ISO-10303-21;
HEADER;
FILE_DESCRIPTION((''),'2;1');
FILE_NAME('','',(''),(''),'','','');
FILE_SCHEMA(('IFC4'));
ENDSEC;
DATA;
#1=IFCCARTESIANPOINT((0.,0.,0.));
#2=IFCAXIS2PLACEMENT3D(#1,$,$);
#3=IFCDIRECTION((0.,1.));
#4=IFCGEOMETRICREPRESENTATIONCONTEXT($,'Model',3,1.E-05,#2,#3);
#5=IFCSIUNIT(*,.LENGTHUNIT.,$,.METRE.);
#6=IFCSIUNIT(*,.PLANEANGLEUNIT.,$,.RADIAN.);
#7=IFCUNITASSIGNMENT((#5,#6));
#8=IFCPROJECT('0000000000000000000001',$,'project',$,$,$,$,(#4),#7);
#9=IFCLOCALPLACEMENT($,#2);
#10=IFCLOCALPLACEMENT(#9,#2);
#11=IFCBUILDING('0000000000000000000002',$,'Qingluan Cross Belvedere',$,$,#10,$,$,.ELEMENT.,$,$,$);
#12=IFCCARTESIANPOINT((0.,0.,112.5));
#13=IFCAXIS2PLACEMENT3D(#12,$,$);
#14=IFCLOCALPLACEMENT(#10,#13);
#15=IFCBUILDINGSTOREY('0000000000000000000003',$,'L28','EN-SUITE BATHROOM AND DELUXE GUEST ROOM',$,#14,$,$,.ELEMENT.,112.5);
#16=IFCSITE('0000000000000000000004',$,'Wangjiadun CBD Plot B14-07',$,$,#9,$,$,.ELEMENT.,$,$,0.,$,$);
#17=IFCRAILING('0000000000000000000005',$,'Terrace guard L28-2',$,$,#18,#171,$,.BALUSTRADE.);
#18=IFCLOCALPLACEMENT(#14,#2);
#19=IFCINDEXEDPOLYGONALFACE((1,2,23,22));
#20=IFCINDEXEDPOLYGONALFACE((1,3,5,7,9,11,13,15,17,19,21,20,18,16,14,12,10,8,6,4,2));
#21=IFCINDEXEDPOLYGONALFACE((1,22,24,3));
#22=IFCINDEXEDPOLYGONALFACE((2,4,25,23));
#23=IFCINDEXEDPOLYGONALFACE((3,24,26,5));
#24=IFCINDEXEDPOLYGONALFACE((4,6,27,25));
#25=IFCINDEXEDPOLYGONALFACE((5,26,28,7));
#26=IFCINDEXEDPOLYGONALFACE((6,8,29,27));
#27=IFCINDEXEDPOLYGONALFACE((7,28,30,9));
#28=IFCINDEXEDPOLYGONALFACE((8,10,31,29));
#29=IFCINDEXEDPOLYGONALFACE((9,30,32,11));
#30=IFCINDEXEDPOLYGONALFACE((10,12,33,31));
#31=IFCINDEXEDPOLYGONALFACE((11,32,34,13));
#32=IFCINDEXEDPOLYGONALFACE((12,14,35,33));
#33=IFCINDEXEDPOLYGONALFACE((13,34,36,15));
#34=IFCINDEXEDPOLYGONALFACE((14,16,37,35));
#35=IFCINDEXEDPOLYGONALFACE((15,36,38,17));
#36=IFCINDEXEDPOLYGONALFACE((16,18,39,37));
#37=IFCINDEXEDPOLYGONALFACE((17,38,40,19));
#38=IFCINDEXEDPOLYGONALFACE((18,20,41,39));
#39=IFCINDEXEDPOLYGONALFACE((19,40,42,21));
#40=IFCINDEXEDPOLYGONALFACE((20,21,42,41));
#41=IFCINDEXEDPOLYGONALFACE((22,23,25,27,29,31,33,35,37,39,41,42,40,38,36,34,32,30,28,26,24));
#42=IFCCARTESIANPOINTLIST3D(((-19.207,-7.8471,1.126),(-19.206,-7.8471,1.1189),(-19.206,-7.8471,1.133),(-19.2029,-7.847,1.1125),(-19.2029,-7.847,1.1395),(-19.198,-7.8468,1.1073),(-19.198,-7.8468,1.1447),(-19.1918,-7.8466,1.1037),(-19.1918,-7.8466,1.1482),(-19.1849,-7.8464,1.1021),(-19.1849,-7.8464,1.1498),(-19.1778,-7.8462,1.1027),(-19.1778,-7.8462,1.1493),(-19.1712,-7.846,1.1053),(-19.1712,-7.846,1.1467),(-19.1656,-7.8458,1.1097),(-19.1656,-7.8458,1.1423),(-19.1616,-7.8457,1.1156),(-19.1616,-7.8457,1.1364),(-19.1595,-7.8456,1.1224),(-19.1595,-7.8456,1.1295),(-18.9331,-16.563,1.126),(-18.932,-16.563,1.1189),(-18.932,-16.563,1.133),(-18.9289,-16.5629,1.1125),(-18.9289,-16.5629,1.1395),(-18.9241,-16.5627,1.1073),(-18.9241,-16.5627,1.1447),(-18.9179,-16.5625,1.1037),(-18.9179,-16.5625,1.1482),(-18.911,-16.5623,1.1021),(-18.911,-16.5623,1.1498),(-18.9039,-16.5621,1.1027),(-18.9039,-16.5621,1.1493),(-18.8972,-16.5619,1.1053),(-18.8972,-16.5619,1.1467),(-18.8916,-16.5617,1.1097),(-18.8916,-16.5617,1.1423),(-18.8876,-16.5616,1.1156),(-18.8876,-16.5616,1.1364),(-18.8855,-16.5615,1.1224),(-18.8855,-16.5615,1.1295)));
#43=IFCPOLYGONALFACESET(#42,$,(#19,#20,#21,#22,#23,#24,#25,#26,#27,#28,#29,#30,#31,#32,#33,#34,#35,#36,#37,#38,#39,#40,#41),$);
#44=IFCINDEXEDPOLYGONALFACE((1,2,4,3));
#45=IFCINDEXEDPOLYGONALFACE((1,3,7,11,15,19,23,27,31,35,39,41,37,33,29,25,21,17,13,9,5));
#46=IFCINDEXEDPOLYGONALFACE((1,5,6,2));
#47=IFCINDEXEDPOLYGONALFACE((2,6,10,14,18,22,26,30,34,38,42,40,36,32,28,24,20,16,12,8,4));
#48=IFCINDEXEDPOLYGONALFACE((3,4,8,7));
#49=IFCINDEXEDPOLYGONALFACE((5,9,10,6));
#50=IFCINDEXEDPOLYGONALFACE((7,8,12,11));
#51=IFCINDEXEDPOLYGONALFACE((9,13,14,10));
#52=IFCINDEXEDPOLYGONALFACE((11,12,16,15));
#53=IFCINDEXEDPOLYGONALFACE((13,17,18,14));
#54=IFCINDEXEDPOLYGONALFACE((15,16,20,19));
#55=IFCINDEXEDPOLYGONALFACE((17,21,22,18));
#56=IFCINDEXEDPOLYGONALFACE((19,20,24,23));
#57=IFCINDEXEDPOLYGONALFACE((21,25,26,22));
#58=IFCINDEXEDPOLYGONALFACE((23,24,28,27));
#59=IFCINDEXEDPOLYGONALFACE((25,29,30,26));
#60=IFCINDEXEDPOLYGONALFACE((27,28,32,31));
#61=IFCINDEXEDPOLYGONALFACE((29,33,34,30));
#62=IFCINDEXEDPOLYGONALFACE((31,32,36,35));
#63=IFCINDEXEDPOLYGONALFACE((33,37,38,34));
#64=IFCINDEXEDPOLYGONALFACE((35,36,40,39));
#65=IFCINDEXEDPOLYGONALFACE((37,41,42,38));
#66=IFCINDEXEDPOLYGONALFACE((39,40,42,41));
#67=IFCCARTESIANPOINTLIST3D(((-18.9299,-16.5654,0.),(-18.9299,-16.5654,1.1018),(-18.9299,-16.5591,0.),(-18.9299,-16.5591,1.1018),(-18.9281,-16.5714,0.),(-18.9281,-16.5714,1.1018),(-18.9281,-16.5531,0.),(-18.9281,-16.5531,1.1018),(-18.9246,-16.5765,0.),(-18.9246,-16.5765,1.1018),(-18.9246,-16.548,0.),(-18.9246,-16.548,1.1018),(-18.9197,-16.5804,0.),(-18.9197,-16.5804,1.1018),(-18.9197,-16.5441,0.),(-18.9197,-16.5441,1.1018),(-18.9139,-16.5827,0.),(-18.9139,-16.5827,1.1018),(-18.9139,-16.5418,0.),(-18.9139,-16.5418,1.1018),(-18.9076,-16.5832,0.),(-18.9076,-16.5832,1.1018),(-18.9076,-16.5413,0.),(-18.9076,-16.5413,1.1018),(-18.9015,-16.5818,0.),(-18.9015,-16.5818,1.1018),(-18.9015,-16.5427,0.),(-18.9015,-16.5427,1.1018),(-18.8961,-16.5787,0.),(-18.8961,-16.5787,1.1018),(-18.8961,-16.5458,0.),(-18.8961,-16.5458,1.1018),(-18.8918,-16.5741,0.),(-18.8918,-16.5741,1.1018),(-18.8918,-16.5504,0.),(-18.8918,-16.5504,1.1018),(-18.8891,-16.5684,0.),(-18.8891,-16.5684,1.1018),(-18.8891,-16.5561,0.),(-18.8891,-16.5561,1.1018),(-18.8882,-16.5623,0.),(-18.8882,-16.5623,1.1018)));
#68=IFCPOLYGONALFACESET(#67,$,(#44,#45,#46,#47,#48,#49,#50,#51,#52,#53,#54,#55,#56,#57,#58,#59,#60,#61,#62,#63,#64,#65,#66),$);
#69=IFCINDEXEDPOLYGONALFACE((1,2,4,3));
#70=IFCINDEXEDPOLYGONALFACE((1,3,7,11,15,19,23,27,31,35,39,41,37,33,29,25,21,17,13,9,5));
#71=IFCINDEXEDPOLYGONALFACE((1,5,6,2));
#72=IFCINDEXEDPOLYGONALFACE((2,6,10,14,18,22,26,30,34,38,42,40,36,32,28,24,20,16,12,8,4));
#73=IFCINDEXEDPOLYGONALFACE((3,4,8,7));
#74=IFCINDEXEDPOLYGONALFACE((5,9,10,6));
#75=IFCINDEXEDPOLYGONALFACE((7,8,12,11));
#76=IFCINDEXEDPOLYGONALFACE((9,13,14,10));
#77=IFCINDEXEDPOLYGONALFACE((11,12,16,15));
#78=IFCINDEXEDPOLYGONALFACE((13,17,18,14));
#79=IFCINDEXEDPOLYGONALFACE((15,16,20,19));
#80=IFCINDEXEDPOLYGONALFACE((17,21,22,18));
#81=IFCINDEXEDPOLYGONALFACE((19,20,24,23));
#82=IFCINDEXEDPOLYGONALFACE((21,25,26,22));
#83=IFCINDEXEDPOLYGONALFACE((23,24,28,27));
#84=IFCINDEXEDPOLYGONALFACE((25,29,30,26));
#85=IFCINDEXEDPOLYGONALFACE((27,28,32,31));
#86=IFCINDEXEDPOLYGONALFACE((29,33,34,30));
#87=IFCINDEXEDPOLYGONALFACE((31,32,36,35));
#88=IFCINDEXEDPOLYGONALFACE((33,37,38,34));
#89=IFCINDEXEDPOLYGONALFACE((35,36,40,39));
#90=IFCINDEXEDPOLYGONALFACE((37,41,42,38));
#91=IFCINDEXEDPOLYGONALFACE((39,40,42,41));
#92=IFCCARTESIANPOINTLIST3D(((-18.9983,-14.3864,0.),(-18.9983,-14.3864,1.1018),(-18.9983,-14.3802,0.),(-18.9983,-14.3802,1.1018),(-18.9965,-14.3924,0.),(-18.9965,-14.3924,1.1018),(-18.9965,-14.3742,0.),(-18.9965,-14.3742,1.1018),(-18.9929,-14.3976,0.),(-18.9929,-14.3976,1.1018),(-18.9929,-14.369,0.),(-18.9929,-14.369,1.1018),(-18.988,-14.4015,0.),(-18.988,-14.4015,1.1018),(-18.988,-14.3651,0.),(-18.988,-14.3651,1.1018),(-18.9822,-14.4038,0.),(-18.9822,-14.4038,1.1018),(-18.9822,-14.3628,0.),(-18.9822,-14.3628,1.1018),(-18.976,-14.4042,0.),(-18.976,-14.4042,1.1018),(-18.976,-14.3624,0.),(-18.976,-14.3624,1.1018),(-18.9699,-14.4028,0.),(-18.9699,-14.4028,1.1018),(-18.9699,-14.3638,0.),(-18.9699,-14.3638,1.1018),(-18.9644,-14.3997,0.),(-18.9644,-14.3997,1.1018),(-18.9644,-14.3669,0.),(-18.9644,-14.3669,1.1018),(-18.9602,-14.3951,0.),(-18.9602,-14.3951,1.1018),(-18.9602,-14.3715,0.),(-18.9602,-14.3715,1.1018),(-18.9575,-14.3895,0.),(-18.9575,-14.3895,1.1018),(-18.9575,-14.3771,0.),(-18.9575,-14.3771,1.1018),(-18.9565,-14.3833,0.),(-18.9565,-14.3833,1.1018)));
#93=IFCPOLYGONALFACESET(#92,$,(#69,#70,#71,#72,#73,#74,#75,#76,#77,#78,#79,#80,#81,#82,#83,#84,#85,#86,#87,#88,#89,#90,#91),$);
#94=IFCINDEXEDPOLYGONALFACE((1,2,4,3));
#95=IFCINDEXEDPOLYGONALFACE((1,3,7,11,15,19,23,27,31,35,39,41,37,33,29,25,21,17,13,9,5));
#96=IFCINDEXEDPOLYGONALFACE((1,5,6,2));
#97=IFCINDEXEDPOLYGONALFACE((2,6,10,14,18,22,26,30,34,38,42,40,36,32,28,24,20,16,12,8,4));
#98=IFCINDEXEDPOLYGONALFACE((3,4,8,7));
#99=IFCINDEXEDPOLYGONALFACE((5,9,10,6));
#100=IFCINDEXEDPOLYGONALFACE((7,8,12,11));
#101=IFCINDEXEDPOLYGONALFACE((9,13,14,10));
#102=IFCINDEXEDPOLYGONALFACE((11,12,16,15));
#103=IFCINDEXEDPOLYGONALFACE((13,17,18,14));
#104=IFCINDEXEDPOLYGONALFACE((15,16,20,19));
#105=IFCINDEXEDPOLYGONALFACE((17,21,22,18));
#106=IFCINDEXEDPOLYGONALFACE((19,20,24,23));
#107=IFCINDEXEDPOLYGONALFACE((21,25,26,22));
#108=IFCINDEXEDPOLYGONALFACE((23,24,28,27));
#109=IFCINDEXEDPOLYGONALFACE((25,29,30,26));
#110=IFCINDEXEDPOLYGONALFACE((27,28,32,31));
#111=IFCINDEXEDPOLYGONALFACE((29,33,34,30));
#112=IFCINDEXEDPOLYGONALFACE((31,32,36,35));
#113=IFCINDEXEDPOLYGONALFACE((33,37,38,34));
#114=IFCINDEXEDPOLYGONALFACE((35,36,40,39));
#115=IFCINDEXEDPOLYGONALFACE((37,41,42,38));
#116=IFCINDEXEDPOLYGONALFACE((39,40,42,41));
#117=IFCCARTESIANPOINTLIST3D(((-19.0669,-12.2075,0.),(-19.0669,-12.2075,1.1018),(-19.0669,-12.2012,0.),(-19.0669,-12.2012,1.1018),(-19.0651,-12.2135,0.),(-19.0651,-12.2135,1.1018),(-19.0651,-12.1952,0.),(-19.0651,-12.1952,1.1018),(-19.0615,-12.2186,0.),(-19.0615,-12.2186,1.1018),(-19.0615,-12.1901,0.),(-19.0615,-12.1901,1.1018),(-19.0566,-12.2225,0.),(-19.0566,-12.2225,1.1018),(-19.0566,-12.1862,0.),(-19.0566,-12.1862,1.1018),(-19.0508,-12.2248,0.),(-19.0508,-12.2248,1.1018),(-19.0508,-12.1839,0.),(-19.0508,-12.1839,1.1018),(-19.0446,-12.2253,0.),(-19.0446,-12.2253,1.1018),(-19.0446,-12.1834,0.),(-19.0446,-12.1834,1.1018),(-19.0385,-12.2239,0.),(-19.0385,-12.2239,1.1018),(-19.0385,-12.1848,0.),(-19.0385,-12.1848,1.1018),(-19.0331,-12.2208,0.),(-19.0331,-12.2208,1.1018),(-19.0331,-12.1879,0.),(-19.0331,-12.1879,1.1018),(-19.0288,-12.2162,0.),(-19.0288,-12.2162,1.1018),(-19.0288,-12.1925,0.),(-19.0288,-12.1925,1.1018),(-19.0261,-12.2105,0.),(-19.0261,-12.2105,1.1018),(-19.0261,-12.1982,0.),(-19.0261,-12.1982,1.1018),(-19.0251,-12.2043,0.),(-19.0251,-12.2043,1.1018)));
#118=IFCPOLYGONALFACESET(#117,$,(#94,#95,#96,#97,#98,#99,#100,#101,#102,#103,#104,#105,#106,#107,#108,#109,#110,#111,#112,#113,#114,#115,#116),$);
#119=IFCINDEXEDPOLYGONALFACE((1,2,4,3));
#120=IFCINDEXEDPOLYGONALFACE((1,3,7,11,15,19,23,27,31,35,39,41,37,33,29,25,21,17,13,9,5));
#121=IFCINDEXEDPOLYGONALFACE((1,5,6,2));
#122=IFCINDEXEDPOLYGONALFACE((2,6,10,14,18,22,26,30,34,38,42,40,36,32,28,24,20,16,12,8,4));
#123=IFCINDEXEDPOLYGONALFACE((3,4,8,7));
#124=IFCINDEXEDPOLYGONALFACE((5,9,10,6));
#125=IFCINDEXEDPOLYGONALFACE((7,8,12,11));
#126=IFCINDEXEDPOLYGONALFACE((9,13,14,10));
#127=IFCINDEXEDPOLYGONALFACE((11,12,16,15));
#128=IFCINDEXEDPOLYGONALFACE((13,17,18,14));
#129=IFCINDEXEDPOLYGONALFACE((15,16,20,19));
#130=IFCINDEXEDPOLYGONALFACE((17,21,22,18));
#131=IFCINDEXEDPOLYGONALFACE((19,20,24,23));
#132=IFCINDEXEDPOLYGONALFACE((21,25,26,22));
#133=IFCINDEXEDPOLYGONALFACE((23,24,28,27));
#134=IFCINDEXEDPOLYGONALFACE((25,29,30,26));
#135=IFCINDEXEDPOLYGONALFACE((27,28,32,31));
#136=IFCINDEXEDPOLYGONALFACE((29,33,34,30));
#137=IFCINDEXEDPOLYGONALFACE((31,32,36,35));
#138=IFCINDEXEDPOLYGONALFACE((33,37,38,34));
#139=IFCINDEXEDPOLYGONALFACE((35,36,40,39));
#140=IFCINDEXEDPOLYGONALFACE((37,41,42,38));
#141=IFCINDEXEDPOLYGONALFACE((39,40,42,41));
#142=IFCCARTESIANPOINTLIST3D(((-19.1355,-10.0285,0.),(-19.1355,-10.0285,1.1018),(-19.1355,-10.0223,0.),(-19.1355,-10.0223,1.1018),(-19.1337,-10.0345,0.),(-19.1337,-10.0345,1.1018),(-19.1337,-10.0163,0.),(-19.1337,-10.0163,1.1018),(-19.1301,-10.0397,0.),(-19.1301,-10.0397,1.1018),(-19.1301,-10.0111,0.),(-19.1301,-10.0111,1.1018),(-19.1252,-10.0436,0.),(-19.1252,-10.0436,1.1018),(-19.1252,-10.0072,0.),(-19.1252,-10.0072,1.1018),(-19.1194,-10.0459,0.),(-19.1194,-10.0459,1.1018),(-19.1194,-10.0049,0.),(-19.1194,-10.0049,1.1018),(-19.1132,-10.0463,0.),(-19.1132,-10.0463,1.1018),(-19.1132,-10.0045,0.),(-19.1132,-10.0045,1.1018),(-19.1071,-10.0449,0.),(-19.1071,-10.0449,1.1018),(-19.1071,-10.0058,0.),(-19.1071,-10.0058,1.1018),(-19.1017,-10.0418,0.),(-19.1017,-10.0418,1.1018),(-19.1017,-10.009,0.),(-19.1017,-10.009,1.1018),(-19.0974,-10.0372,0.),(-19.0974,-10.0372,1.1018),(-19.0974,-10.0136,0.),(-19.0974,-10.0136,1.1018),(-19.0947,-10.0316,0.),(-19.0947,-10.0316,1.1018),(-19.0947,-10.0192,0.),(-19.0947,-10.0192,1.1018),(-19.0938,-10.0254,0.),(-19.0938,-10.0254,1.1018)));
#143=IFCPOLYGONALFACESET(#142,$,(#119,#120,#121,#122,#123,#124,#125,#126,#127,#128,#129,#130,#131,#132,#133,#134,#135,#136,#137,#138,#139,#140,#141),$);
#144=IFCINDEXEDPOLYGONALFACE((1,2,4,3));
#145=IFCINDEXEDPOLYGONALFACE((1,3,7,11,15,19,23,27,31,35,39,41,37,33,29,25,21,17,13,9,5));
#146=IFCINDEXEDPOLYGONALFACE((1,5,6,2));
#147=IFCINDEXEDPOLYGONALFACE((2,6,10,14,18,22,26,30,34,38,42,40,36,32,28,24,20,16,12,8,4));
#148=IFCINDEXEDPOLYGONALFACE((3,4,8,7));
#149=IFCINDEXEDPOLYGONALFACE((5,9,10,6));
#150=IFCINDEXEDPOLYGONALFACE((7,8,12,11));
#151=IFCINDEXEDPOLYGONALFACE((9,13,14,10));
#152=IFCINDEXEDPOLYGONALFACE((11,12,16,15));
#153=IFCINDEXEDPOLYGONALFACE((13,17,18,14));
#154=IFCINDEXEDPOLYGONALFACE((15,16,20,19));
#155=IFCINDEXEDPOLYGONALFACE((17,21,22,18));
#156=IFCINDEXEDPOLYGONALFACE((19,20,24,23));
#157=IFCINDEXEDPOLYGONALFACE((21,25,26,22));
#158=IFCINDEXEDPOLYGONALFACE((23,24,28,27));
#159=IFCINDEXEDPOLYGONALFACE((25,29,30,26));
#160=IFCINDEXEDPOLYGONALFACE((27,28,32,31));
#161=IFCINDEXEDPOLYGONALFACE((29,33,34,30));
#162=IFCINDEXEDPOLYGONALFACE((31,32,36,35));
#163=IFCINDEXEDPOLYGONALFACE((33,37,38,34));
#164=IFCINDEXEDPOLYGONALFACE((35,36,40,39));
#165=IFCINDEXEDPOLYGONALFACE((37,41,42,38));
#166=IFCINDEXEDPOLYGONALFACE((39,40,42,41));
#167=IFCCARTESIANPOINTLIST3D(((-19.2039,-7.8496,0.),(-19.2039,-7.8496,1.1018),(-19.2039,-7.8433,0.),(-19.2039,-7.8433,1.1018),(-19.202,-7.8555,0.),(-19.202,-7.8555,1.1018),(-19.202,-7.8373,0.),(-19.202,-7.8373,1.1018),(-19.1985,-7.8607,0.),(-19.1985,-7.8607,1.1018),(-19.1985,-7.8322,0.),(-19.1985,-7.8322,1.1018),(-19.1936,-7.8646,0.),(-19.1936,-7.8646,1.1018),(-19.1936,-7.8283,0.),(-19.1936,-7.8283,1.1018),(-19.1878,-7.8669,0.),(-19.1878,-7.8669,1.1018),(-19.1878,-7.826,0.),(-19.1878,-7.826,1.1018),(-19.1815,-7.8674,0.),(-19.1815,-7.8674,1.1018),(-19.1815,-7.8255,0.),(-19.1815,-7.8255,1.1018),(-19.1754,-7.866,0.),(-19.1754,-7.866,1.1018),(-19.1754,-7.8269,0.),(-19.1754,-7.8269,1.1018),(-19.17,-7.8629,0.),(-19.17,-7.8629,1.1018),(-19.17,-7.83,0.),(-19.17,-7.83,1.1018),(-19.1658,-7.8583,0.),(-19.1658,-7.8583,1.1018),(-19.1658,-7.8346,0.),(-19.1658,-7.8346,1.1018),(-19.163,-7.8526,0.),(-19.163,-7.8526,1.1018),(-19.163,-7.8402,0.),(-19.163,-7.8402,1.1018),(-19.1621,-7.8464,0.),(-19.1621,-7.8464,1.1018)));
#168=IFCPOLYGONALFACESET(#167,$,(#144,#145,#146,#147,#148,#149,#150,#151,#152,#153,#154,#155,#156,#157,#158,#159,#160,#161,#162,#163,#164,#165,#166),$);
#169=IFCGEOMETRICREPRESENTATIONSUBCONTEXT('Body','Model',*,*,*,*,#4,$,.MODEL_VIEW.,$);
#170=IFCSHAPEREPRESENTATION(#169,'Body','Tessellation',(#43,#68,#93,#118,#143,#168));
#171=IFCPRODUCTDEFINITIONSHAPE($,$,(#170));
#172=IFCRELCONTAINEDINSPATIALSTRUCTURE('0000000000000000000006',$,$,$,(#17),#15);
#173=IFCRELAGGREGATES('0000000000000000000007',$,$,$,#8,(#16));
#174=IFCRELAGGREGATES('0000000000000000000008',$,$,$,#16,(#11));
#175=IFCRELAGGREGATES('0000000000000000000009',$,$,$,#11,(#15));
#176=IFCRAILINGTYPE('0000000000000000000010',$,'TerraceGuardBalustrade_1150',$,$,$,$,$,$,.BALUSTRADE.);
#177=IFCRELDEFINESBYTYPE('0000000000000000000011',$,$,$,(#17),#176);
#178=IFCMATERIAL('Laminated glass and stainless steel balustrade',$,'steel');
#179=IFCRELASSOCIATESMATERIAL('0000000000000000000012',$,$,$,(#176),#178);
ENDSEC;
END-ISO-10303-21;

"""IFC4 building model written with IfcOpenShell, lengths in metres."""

from ifc_helpers import new_model, si_unit, direction, frame, origin, origin_2d, place, context, subcontext, project, spatial, circle, extrude, material, type_object, element, save


model = new_model("IFC4")

# Units and contexts
model_context = context("Model", 3, precision=1e-05, world=origin(), true_north=direction((0.0, 1.0)))
body_context = subcontext(model_context, "Body", "Model", "MODEL_VIEW")
ifc_project = project(units=[si_unit("LENGTHUNIT", "METRE"), si_unit("PLANEANGLEUNIT", "RADIAN")], contexts=[model_context])

# Site, building, storey
site_placement = place(None, origin())
site = spatial("IfcSite", under=ifc_project, at=site_placement, Name="Wangjiadun CBD Plot B14-07", CompositionType="ELEMENT", RefElevation=0.0)
building_placement = place(site_placement, origin())
building = spatial("IfcBuilding", under=site, at=building_placement, Name="Qingluan Cross Belvedere", CompositionType="ELEMENT")
storey_placement = place(building_placement, frame((0.0, 0.0, 112.5)))
storey = spatial("IfcBuildingStorey", under=building, at=storey_placement, Name="L28", Description="EN-SUITE BATHROOM AND DELUXE GUEST ROOM", CompositionType="ELEMENT", Elevation=112.5)

# Railing
ifc_material_1 = material(Name="Laminated glass and stainless steel balustrade", Category="steel")
railing_type = type_object("IfcRailingType", Name="TerraceGuardBalustrade_1150", PredefinedType="BALUSTRADE", material=ifc_material_1)
railing_1_placement = place(storey_placement, frame((-18.9092, -16.5623, 0.0)))
element("IfcRailing", 1, at=railing_1_placement, inside=storey, type_object=railing_type, Name="Terrace guard L28-2", PredefinedType="BALUSTRADE", context=body_context, shape_type="SweptSolid", body=[
    extrude(circle(Radius=0.0239, at=origin_2d()), frame((0.0, 0.0, 1.126), z_axis=(-0.031413, 0.999506, 0.0), x_axis=(-0.999506, -0.031413, 0.0)), (0.0, 0.0, 1.0), 8.7202),
    extrude(circle(Radius=0.021, at=origin_2d()), origin(), (0.0, 0.0, 1.0), 1.1018),
    extrude(circle(Radius=0.021, at=origin_2d()), frame((-0.0684, 2.179, 0.0)), (0.0, 0.0, 1.0), 1.1018),
    extrude(circle(Radius=0.021, at=origin_2d()), frame((-0.137, 4.3579, 0.0)), (0.0, 0.0, 1.0), 1.1018),
    extrude(circle(Radius=0.021, at=origin_2d()), frame((-0.2056, 6.5369, 0.0)), (0.0, 0.0, 1.0), 1.1018),
    extrude(circle(Radius=0.021, at=origin_2d()), frame((-0.2739, 8.7158, 0.0)), (0.0, 0.0, 1.0), 1.1018),
])

save(model, "model.ifc")
